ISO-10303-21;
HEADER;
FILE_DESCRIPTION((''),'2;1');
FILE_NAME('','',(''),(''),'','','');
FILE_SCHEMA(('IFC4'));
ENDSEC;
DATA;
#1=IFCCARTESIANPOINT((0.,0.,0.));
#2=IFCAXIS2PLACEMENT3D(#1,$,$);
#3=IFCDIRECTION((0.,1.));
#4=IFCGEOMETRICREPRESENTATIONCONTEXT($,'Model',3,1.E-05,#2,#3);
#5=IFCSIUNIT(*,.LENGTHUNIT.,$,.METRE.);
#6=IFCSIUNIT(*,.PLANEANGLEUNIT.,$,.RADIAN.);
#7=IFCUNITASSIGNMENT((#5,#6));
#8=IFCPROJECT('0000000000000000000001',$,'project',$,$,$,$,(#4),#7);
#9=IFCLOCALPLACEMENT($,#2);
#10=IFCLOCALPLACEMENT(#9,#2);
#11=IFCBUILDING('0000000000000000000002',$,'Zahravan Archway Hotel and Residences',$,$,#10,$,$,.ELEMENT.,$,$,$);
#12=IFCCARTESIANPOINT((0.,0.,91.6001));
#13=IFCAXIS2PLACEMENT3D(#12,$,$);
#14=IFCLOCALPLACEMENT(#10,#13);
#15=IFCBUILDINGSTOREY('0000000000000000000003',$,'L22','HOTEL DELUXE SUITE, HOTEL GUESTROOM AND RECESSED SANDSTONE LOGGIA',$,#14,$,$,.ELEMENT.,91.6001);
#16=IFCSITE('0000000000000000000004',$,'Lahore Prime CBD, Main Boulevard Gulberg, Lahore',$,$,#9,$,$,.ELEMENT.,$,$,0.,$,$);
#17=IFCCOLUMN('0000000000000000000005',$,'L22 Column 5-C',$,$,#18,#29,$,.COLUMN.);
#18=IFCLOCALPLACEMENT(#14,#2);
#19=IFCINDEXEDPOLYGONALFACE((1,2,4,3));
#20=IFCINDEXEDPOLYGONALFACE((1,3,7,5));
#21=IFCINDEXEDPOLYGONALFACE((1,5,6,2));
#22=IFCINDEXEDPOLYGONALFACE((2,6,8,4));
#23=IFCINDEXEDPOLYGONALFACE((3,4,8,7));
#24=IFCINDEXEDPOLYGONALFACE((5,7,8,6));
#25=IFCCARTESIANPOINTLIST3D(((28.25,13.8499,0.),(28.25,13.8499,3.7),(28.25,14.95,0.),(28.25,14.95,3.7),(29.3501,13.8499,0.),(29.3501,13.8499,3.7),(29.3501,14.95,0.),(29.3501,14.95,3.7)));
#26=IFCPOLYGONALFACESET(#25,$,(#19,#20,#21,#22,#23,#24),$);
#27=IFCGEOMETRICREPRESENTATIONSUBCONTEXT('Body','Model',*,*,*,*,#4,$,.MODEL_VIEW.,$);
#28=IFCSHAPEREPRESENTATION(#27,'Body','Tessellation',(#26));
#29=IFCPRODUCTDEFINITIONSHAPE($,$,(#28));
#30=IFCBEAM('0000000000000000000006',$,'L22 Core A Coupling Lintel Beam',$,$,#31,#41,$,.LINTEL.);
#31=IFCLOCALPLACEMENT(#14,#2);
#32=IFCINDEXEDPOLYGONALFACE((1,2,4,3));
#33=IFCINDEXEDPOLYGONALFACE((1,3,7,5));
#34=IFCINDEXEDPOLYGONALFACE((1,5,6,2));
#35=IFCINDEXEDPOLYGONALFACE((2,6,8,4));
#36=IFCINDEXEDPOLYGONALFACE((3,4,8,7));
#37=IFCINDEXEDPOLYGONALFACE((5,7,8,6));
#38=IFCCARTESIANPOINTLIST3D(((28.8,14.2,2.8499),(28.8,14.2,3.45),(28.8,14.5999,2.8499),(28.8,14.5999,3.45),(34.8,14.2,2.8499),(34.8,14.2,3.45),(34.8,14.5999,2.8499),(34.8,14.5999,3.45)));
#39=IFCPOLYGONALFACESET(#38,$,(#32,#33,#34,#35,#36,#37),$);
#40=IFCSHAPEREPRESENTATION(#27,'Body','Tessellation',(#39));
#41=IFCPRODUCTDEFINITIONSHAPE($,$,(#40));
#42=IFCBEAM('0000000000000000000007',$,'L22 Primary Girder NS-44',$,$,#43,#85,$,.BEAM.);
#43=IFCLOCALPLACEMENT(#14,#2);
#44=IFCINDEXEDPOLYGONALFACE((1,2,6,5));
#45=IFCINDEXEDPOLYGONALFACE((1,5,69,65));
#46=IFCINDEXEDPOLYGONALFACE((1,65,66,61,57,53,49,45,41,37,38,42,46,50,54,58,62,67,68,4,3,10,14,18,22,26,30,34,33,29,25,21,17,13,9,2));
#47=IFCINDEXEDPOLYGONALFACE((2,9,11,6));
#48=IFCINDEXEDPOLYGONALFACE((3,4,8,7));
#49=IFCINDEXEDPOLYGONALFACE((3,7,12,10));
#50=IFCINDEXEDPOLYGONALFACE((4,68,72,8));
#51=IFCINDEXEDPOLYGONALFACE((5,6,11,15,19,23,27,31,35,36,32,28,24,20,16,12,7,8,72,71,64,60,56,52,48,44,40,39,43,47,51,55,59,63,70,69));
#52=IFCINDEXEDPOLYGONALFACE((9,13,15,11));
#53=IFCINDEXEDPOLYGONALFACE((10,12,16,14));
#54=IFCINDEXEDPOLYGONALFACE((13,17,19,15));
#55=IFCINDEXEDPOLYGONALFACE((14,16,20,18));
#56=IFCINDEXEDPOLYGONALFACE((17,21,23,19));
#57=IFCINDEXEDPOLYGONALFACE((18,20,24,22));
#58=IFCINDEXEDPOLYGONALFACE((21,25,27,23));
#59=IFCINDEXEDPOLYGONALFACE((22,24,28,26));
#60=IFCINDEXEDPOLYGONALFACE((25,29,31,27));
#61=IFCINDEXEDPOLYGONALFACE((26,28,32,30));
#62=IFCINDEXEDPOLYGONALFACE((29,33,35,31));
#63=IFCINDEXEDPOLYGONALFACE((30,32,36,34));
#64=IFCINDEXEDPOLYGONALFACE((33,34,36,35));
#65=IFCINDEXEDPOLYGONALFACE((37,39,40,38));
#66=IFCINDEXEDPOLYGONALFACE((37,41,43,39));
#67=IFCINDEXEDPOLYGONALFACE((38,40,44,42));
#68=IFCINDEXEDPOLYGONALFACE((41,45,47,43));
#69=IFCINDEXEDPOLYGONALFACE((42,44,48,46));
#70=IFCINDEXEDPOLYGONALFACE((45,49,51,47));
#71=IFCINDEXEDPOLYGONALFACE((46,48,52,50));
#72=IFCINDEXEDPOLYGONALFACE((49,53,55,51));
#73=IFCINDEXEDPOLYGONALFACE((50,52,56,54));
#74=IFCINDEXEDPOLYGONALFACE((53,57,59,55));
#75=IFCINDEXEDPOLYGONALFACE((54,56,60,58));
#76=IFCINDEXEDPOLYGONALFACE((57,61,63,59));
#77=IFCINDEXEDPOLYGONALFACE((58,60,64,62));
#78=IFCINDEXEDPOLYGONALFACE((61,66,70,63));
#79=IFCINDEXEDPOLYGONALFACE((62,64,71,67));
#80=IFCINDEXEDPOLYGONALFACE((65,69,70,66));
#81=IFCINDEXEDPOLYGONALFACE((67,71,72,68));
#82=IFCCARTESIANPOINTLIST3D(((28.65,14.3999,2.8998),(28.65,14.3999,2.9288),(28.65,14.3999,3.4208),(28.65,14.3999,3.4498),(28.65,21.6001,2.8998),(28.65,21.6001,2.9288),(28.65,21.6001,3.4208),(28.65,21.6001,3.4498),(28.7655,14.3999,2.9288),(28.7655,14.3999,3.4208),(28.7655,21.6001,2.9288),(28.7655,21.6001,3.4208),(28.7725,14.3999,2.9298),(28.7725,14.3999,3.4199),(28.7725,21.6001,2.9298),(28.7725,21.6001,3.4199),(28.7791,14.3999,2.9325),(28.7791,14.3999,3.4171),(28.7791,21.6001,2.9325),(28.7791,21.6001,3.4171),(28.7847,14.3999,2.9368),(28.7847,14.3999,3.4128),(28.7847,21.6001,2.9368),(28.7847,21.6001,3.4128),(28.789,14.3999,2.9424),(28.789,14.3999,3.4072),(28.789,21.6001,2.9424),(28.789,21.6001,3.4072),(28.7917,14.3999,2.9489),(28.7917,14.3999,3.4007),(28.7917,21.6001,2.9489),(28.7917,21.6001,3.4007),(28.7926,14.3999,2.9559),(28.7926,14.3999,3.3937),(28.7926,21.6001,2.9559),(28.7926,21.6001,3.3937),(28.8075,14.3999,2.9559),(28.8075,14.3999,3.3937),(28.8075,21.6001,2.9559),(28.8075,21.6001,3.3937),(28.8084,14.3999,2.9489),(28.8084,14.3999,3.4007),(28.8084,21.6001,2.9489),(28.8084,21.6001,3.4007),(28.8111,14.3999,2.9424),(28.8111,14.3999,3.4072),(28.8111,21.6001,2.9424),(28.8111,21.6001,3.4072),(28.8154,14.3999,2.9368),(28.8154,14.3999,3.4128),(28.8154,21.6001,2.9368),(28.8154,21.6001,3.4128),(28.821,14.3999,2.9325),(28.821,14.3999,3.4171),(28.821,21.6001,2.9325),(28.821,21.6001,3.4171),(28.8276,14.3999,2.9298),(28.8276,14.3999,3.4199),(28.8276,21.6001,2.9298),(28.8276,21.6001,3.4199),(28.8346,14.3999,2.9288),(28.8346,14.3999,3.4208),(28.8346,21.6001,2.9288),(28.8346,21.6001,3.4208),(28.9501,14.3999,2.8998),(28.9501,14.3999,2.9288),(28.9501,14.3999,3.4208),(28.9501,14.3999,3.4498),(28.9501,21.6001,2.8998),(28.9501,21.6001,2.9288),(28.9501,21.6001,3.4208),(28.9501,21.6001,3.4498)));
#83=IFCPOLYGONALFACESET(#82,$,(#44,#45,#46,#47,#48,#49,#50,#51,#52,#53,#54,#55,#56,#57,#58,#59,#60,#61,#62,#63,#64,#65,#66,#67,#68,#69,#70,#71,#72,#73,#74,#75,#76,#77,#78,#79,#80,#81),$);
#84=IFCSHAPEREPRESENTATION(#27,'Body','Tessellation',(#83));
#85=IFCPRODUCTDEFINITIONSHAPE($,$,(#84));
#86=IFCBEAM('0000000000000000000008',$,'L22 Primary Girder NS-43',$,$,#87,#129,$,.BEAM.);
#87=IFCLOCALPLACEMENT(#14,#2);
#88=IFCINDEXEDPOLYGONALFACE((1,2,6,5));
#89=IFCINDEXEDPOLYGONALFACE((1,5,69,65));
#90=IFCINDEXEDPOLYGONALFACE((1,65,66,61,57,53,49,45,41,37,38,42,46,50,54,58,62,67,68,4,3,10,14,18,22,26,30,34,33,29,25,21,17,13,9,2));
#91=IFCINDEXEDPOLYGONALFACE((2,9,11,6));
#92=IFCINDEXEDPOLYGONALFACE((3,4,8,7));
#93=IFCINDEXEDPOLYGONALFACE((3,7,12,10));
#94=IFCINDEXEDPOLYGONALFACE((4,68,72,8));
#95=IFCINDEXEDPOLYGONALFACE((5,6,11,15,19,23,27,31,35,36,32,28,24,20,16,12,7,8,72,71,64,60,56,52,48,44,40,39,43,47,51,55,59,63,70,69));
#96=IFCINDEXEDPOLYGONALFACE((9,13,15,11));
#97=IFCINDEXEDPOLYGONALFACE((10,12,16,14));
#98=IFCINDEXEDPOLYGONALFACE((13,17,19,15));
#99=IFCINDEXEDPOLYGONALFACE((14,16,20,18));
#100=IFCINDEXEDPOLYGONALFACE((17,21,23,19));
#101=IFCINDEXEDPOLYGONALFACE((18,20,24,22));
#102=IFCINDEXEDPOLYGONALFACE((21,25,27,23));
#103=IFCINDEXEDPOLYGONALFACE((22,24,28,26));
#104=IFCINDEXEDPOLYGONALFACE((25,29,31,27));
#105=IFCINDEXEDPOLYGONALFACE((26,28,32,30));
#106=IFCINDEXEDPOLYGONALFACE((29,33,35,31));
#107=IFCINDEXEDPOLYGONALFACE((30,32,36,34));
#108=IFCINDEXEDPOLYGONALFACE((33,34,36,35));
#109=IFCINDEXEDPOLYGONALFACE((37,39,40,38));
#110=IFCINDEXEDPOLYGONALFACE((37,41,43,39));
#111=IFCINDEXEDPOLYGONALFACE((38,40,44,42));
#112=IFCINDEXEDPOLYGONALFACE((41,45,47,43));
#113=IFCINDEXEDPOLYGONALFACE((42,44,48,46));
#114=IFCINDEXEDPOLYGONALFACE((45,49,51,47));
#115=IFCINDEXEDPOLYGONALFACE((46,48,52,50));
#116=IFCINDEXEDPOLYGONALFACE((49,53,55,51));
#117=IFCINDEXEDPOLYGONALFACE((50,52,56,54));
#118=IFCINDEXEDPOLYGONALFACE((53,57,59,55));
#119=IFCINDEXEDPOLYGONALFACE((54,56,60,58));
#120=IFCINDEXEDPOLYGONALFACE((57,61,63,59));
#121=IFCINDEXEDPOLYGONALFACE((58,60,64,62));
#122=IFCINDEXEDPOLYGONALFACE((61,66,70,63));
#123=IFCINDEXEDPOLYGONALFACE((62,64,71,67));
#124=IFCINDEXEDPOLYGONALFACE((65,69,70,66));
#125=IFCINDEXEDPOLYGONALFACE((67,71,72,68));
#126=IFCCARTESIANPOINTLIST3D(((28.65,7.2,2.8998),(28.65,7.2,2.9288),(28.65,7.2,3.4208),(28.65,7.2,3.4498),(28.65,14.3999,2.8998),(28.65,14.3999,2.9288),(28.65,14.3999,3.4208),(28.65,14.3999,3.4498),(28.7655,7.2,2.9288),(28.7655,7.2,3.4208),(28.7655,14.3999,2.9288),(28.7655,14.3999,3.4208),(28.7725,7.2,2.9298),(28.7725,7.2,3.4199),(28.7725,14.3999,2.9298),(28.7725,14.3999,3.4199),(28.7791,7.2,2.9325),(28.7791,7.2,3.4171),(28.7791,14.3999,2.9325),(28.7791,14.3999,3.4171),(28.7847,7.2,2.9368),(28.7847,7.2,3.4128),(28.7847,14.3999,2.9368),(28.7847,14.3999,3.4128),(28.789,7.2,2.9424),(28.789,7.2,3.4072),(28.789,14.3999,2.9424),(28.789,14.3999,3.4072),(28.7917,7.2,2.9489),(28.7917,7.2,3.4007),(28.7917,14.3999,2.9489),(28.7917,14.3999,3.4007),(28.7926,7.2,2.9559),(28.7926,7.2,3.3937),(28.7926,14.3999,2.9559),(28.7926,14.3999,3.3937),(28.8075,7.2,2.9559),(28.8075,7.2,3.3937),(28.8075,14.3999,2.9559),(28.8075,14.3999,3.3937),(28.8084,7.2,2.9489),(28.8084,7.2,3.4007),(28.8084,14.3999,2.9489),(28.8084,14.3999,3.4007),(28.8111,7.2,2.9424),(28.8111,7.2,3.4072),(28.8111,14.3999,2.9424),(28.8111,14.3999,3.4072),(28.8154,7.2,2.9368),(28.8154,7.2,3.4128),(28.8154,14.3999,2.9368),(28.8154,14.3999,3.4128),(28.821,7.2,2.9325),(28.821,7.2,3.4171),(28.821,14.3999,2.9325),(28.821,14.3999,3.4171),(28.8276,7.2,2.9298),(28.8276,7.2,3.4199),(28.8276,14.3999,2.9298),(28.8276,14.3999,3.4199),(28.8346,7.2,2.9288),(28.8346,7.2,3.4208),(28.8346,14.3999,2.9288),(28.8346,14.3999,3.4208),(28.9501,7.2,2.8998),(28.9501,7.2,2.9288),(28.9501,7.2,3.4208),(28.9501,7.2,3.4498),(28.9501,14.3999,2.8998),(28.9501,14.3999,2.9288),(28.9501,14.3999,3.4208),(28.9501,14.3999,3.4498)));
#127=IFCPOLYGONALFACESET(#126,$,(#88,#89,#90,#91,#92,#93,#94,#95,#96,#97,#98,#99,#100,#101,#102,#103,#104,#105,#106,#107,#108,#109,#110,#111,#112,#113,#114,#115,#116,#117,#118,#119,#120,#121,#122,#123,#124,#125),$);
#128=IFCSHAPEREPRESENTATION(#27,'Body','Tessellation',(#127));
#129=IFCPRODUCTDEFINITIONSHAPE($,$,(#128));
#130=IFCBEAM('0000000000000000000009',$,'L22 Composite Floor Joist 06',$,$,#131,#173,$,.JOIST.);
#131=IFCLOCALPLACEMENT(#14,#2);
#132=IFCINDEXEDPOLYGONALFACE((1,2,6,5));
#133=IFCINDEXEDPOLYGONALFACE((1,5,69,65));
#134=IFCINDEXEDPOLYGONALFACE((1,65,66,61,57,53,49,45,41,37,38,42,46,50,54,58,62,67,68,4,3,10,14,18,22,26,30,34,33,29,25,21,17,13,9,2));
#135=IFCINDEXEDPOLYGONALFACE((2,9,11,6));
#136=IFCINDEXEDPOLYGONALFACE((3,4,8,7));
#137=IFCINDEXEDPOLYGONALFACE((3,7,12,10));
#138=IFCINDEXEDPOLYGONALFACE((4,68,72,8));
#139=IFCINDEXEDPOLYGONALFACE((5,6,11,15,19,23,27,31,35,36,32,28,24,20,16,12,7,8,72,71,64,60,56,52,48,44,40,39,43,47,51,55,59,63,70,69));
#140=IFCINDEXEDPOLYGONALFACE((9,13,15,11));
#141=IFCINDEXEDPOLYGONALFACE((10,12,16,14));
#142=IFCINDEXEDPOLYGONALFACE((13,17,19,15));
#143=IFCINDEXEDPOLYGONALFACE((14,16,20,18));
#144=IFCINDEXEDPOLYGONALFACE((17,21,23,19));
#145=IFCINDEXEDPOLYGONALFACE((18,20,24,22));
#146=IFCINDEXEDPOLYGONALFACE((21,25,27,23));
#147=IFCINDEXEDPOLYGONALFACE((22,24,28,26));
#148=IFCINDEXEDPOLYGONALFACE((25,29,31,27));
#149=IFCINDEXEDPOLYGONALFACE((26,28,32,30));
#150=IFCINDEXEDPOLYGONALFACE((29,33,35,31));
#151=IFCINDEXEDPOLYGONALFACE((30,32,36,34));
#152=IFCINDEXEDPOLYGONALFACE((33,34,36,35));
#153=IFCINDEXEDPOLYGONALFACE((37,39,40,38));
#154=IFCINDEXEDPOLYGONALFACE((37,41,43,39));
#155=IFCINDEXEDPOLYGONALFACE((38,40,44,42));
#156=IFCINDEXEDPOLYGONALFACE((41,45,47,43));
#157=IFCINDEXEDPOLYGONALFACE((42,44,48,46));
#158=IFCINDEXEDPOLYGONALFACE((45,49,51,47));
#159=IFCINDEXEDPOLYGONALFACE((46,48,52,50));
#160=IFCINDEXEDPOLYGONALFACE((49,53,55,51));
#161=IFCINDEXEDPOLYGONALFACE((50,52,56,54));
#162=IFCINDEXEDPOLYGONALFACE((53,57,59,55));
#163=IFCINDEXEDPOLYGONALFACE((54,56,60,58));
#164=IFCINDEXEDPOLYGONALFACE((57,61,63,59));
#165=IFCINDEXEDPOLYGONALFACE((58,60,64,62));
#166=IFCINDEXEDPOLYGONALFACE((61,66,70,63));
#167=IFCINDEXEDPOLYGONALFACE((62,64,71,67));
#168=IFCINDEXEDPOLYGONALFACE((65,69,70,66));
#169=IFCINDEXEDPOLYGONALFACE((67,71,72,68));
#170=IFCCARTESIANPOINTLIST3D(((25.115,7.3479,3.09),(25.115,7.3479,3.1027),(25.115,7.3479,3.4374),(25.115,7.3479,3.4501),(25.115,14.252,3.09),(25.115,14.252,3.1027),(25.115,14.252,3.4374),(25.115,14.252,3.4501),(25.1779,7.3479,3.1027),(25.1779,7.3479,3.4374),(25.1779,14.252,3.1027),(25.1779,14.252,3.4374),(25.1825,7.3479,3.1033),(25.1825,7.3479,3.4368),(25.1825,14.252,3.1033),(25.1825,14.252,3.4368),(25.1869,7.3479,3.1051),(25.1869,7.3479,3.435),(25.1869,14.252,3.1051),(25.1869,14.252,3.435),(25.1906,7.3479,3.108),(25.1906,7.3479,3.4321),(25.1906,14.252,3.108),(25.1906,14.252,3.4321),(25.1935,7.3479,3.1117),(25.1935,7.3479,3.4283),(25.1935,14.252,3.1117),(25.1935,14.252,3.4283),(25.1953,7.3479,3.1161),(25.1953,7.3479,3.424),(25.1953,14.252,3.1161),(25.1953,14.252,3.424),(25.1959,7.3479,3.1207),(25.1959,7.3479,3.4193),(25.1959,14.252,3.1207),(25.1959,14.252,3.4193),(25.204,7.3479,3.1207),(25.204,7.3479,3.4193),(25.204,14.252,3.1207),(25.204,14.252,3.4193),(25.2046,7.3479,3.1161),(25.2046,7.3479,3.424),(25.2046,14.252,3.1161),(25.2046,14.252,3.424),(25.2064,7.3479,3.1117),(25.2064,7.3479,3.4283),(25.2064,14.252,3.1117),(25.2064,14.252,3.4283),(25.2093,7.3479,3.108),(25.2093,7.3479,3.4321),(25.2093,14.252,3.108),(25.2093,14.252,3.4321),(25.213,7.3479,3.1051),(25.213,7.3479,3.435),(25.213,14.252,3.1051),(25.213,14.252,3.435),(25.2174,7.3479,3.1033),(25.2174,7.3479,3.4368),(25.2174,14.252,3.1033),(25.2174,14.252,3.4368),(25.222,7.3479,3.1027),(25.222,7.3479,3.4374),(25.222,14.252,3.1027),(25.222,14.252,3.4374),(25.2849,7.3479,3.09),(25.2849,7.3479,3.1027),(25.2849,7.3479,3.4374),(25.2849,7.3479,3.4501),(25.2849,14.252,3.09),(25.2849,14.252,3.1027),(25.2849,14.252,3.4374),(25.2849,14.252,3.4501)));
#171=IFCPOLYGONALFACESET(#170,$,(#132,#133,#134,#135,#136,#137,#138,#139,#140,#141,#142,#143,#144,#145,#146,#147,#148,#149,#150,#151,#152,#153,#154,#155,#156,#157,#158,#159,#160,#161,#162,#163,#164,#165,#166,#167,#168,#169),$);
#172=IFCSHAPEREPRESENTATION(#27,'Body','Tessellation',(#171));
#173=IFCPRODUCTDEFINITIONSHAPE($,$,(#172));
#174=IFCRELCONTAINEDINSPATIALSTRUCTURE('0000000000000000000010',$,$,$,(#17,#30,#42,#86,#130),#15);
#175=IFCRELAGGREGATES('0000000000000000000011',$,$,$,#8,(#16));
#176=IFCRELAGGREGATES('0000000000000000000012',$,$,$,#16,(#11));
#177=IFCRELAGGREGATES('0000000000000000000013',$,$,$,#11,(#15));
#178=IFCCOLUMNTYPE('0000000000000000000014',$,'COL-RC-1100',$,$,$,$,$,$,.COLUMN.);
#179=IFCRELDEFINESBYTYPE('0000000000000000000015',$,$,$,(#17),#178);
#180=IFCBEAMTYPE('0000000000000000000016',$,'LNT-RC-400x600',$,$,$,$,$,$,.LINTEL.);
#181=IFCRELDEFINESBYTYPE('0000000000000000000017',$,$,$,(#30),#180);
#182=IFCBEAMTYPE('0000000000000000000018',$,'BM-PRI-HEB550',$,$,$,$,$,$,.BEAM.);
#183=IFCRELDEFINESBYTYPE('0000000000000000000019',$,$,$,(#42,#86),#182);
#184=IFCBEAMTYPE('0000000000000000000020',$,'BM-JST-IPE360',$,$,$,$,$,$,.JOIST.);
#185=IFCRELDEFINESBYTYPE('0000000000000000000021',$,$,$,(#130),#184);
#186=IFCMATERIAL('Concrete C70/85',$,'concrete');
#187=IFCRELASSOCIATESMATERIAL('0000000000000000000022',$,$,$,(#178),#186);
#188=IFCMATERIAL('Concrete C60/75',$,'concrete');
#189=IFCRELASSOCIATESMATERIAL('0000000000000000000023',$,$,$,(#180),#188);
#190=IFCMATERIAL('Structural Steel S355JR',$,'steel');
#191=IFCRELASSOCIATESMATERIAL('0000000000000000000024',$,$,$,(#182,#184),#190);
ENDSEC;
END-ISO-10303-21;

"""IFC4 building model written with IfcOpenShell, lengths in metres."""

from ifc_helpers import new_model, si_unit, direction, frame, origin, origin_2d, place, context, subcontext, project, spatial, rectangle, i_section, extrude, source, transform, mapped, material, material_profile, profile_set, type_object, type_shapes, element, save


model = new_model("IFC4")

# Units and contexts
model_context = context("Model", 3, precision=1e-05, world=origin(), true_north=direction((0.0, 1.0)))
body_context = subcontext(model_context, "Body", "Model", "MODEL_VIEW")
ifc_project = project(units=[si_unit("LENGTHUNIT", "METRE"), si_unit("PLANEANGLEUNIT", "RADIAN")], contexts=[model_context])

# Site, building, storey
site_placement = place(None, origin())
site = spatial("IfcSite", under=ifc_project, at=site_placement, Name="Lahore Prime CBD, Main Boulevard Gulberg, Lahore", CompositionType="ELEMENT", RefElevation=0.0)
building_placement = place(site_placement, origin())
building = spatial("IfcBuilding", under=site, at=building_placement, Name="Zahravan Archway Hotel and Residences", CompositionType="ELEMENT")
storey_placement = place(building_placement, frame((0.0, 0.0, 91.6001)))
storey = spatial("IfcBuildingStorey", under=building, at=storey_placement, Name="L22", Description="HOTEL DELUXE SUITE, HOTEL GUESTROOM AND RECESSED SANDSTONE LOGGIA", CompositionType="ELEMENT", Elevation=91.6001)

# Column
ifc_material_1 = material(Name="Concrete C70/85", Category="concrete")
ifc_material_profile_1 = material_profile(ifc_material_1, rectangle(XDim=1.1001, YDim=1.1001, at=origin_2d()), Name="RC 1100x1100", Category="concrete")
ifc_profile_set_1 = profile_set([ifc_material_profile_1], Name="Concrete C70/85")
column_type = type_object("IfcColumnType", Name="COL-RC-1100", PredefinedType="COLUMN", material=ifc_profile_set_1)
shared_shape_1 = source(origin(), body_context, "Body", "SweptSolid", [
    extrude(rectangle(XDim=1.1001, YDim=1.1001, at=origin_2d()), origin(), (0.0, 0.0, 1.0), 3.7),
])
column_placement = place(storey_placement, frame((28.8, 14.3999, 0.0), z_axis=(0.0, 0.0, 1.0), x_axis=(1.0, 0.0, 0.0)))
element("IfcColumn", 1, at=column_placement, inside=storey, type_object=column_type, Name="L22 Column 5-C", PredefinedType="COLUMN", context=body_context, shape_type="MappedRepresentation", body=[
    mapped(shared_shape_1, transform((0.0, 0.0, 0.0), scale=1.0)),
])

# Beams
ifc_material_2 = material(Name="Concrete C60/75", Category="concrete")
ifc_material_profile_2 = material_profile(ifc_material_2, rectangle(XDim=0.3999, YDim=0.6001, at=origin_2d()), Name="RC-LNT-400x600", Category="concrete")
ifc_profile_set_2 = profile_set([ifc_material_profile_2], Name="Concrete C60/75")
beam_type_1 = type_object("IfcBeamType", Name="LNT-RC-400x600", PredefinedType="LINTEL", material=ifc_profile_set_2)
shared_shape_2 = source(origin(), body_context, "Body", "SweptSolid", [
    extrude(rectangle(XDim=0.3999, YDim=0.6001, at=origin_2d()), origin(), (0.0, 0.0, 1.0), 6.0),
])
type_shapes(beam_type_1, [shared_shape_2])
beam_1_placement = place(storey_placement, frame((28.8, 14.3999, 3.1499), z_axis=(1.0, 0.0, 0.0), x_axis=(0.0, 1.0, 0.0)))
element("IfcBeam", 2, at=beam_1_placement, inside=storey, type_object=beam_type_1, Name="L22 Core A Coupling Lintel Beam", PredefinedType="LINTEL", context=body_context, shape_type="MappedRepresentation", body=[
    mapped(shared_shape_2, transform((0.0, 0.0, 0.0), scale=1.0)),
])
ifc_material_3 = material(Name="Structural Steel S355JR", Category="steel")
ifc_material_profile_3 = material_profile(ifc_material_3, i_section(OverallWidth=0.3, OverallDepth=0.55, WebThickness=0.0149, FlangeThickness=0.0291, FilletRadius=0.0271, at=origin_2d()), Name="HEB 550", Category="steel")
ifc_profile_set_3 = profile_set([ifc_material_profile_3], Name="Structural Steel S355JR")
beam_type_2 = type_object("IfcBeamType", Name="BM-PRI-HEB550", PredefinedType="BEAM", material=ifc_profile_set_3)
shared_shape_3 = source(origin(), body_context, "Body", "SweptSolid", [
    extrude(i_section(OverallWidth=0.3, OverallDepth=0.55, WebThickness=0.0149, FlangeThickness=0.0291, FilletRadius=0.0271, at=origin_2d()), origin(), (0.0, 0.0, 1.0), 7.2002),
])
type_shapes(beam_type_2, [shared_shape_3])
beam_2_placement = place(storey_placement, frame((28.8, 14.3999, 3.1748), z_axis=(0.0, 1.0, 0.0), x_axis=(-1.0, 0.0, 0.0)))
element("IfcBeam", 3, at=beam_2_placement, inside=storey, type_object=beam_type_2, Name="L22 Primary Girder NS-44", PredefinedType="BEAM", context=body_context, shape_type="MappedRepresentation", body=[
    mapped(shared_shape_3, transform((0.0, 0.0, 0.0), scale=1.0)),
])
shared_shape_4 = source(origin(), body_context, "Body", "SweptSolid", [
    extrude(i_section(OverallWidth=0.3, OverallDepth=0.55, WebThickness=0.0149, FlangeThickness=0.0291, FilletRadius=0.0271, at=origin_2d()), origin(), (0.0, 0.0, 1.0), 7.2),
])
beam_3_placement = place(storey_placement, frame((28.8, 7.2, 3.1748), z_axis=(0.0, 1.0, 0.0), x_axis=(-1.0, 0.0, 0.0)))
element("IfcBeam", 4, at=beam_3_placement, inside=storey, type_object=beam_type_2, Name="L22 Primary Girder NS-43", PredefinedType="BEAM", context=body_context, shape_type="MappedRepresentation", body=[
    mapped(shared_shape_4, transform((0.0, 0.0, 0.0), scale=1.0)),
])
ifc_material_profile_4 = material_profile(ifc_material_3, i_section(OverallWidth=0.1699, OverallDepth=0.3601, WebThickness=0.0081, FlangeThickness=0.0127, FilletRadius=0.0181, at=origin_2d()), Name="IPE 360", Category="steel")
ifc_profile_set_4 = profile_set([ifc_material_profile_4], Name="Structural Steel S355JR")
beam_type_3 = type_object("IfcBeamType", Name="BM-JST-IPE360", PredefinedType="JOIST", material=ifc_profile_set_4)
shared_shape_5 = source(origin(), body_context, "Body", "SweptSolid", [
    extrude(i_section(OverallWidth=0.1699, OverallDepth=0.3601, WebThickness=0.0081, FlangeThickness=0.0127, FilletRadius=0.0181, at=origin_2d()), origin(), (0.0, 0.0, 1.0), 6.9041),
])
type_shapes(beam_type_3, [shared_shape_5])
beam_4_placement = place(storey_placement, frame((25.2, 7.3479, 3.27), z_axis=(0.0, 1.0, 0.0), x_axis=(-1.0, 0.0, 0.0)))
element("IfcBeam", 5, at=beam_4_placement, inside=storey, type_object=beam_type_3, Name="L22 Composite Floor Joist 06", PredefinedType="JOIST", context=body_context, shape_type="MappedRepresentation", body=[
    mapped(shared_shape_5, transform((0.0, 0.0, 0.0), scale=1.0)),
])

save(model, "model.ifc")
